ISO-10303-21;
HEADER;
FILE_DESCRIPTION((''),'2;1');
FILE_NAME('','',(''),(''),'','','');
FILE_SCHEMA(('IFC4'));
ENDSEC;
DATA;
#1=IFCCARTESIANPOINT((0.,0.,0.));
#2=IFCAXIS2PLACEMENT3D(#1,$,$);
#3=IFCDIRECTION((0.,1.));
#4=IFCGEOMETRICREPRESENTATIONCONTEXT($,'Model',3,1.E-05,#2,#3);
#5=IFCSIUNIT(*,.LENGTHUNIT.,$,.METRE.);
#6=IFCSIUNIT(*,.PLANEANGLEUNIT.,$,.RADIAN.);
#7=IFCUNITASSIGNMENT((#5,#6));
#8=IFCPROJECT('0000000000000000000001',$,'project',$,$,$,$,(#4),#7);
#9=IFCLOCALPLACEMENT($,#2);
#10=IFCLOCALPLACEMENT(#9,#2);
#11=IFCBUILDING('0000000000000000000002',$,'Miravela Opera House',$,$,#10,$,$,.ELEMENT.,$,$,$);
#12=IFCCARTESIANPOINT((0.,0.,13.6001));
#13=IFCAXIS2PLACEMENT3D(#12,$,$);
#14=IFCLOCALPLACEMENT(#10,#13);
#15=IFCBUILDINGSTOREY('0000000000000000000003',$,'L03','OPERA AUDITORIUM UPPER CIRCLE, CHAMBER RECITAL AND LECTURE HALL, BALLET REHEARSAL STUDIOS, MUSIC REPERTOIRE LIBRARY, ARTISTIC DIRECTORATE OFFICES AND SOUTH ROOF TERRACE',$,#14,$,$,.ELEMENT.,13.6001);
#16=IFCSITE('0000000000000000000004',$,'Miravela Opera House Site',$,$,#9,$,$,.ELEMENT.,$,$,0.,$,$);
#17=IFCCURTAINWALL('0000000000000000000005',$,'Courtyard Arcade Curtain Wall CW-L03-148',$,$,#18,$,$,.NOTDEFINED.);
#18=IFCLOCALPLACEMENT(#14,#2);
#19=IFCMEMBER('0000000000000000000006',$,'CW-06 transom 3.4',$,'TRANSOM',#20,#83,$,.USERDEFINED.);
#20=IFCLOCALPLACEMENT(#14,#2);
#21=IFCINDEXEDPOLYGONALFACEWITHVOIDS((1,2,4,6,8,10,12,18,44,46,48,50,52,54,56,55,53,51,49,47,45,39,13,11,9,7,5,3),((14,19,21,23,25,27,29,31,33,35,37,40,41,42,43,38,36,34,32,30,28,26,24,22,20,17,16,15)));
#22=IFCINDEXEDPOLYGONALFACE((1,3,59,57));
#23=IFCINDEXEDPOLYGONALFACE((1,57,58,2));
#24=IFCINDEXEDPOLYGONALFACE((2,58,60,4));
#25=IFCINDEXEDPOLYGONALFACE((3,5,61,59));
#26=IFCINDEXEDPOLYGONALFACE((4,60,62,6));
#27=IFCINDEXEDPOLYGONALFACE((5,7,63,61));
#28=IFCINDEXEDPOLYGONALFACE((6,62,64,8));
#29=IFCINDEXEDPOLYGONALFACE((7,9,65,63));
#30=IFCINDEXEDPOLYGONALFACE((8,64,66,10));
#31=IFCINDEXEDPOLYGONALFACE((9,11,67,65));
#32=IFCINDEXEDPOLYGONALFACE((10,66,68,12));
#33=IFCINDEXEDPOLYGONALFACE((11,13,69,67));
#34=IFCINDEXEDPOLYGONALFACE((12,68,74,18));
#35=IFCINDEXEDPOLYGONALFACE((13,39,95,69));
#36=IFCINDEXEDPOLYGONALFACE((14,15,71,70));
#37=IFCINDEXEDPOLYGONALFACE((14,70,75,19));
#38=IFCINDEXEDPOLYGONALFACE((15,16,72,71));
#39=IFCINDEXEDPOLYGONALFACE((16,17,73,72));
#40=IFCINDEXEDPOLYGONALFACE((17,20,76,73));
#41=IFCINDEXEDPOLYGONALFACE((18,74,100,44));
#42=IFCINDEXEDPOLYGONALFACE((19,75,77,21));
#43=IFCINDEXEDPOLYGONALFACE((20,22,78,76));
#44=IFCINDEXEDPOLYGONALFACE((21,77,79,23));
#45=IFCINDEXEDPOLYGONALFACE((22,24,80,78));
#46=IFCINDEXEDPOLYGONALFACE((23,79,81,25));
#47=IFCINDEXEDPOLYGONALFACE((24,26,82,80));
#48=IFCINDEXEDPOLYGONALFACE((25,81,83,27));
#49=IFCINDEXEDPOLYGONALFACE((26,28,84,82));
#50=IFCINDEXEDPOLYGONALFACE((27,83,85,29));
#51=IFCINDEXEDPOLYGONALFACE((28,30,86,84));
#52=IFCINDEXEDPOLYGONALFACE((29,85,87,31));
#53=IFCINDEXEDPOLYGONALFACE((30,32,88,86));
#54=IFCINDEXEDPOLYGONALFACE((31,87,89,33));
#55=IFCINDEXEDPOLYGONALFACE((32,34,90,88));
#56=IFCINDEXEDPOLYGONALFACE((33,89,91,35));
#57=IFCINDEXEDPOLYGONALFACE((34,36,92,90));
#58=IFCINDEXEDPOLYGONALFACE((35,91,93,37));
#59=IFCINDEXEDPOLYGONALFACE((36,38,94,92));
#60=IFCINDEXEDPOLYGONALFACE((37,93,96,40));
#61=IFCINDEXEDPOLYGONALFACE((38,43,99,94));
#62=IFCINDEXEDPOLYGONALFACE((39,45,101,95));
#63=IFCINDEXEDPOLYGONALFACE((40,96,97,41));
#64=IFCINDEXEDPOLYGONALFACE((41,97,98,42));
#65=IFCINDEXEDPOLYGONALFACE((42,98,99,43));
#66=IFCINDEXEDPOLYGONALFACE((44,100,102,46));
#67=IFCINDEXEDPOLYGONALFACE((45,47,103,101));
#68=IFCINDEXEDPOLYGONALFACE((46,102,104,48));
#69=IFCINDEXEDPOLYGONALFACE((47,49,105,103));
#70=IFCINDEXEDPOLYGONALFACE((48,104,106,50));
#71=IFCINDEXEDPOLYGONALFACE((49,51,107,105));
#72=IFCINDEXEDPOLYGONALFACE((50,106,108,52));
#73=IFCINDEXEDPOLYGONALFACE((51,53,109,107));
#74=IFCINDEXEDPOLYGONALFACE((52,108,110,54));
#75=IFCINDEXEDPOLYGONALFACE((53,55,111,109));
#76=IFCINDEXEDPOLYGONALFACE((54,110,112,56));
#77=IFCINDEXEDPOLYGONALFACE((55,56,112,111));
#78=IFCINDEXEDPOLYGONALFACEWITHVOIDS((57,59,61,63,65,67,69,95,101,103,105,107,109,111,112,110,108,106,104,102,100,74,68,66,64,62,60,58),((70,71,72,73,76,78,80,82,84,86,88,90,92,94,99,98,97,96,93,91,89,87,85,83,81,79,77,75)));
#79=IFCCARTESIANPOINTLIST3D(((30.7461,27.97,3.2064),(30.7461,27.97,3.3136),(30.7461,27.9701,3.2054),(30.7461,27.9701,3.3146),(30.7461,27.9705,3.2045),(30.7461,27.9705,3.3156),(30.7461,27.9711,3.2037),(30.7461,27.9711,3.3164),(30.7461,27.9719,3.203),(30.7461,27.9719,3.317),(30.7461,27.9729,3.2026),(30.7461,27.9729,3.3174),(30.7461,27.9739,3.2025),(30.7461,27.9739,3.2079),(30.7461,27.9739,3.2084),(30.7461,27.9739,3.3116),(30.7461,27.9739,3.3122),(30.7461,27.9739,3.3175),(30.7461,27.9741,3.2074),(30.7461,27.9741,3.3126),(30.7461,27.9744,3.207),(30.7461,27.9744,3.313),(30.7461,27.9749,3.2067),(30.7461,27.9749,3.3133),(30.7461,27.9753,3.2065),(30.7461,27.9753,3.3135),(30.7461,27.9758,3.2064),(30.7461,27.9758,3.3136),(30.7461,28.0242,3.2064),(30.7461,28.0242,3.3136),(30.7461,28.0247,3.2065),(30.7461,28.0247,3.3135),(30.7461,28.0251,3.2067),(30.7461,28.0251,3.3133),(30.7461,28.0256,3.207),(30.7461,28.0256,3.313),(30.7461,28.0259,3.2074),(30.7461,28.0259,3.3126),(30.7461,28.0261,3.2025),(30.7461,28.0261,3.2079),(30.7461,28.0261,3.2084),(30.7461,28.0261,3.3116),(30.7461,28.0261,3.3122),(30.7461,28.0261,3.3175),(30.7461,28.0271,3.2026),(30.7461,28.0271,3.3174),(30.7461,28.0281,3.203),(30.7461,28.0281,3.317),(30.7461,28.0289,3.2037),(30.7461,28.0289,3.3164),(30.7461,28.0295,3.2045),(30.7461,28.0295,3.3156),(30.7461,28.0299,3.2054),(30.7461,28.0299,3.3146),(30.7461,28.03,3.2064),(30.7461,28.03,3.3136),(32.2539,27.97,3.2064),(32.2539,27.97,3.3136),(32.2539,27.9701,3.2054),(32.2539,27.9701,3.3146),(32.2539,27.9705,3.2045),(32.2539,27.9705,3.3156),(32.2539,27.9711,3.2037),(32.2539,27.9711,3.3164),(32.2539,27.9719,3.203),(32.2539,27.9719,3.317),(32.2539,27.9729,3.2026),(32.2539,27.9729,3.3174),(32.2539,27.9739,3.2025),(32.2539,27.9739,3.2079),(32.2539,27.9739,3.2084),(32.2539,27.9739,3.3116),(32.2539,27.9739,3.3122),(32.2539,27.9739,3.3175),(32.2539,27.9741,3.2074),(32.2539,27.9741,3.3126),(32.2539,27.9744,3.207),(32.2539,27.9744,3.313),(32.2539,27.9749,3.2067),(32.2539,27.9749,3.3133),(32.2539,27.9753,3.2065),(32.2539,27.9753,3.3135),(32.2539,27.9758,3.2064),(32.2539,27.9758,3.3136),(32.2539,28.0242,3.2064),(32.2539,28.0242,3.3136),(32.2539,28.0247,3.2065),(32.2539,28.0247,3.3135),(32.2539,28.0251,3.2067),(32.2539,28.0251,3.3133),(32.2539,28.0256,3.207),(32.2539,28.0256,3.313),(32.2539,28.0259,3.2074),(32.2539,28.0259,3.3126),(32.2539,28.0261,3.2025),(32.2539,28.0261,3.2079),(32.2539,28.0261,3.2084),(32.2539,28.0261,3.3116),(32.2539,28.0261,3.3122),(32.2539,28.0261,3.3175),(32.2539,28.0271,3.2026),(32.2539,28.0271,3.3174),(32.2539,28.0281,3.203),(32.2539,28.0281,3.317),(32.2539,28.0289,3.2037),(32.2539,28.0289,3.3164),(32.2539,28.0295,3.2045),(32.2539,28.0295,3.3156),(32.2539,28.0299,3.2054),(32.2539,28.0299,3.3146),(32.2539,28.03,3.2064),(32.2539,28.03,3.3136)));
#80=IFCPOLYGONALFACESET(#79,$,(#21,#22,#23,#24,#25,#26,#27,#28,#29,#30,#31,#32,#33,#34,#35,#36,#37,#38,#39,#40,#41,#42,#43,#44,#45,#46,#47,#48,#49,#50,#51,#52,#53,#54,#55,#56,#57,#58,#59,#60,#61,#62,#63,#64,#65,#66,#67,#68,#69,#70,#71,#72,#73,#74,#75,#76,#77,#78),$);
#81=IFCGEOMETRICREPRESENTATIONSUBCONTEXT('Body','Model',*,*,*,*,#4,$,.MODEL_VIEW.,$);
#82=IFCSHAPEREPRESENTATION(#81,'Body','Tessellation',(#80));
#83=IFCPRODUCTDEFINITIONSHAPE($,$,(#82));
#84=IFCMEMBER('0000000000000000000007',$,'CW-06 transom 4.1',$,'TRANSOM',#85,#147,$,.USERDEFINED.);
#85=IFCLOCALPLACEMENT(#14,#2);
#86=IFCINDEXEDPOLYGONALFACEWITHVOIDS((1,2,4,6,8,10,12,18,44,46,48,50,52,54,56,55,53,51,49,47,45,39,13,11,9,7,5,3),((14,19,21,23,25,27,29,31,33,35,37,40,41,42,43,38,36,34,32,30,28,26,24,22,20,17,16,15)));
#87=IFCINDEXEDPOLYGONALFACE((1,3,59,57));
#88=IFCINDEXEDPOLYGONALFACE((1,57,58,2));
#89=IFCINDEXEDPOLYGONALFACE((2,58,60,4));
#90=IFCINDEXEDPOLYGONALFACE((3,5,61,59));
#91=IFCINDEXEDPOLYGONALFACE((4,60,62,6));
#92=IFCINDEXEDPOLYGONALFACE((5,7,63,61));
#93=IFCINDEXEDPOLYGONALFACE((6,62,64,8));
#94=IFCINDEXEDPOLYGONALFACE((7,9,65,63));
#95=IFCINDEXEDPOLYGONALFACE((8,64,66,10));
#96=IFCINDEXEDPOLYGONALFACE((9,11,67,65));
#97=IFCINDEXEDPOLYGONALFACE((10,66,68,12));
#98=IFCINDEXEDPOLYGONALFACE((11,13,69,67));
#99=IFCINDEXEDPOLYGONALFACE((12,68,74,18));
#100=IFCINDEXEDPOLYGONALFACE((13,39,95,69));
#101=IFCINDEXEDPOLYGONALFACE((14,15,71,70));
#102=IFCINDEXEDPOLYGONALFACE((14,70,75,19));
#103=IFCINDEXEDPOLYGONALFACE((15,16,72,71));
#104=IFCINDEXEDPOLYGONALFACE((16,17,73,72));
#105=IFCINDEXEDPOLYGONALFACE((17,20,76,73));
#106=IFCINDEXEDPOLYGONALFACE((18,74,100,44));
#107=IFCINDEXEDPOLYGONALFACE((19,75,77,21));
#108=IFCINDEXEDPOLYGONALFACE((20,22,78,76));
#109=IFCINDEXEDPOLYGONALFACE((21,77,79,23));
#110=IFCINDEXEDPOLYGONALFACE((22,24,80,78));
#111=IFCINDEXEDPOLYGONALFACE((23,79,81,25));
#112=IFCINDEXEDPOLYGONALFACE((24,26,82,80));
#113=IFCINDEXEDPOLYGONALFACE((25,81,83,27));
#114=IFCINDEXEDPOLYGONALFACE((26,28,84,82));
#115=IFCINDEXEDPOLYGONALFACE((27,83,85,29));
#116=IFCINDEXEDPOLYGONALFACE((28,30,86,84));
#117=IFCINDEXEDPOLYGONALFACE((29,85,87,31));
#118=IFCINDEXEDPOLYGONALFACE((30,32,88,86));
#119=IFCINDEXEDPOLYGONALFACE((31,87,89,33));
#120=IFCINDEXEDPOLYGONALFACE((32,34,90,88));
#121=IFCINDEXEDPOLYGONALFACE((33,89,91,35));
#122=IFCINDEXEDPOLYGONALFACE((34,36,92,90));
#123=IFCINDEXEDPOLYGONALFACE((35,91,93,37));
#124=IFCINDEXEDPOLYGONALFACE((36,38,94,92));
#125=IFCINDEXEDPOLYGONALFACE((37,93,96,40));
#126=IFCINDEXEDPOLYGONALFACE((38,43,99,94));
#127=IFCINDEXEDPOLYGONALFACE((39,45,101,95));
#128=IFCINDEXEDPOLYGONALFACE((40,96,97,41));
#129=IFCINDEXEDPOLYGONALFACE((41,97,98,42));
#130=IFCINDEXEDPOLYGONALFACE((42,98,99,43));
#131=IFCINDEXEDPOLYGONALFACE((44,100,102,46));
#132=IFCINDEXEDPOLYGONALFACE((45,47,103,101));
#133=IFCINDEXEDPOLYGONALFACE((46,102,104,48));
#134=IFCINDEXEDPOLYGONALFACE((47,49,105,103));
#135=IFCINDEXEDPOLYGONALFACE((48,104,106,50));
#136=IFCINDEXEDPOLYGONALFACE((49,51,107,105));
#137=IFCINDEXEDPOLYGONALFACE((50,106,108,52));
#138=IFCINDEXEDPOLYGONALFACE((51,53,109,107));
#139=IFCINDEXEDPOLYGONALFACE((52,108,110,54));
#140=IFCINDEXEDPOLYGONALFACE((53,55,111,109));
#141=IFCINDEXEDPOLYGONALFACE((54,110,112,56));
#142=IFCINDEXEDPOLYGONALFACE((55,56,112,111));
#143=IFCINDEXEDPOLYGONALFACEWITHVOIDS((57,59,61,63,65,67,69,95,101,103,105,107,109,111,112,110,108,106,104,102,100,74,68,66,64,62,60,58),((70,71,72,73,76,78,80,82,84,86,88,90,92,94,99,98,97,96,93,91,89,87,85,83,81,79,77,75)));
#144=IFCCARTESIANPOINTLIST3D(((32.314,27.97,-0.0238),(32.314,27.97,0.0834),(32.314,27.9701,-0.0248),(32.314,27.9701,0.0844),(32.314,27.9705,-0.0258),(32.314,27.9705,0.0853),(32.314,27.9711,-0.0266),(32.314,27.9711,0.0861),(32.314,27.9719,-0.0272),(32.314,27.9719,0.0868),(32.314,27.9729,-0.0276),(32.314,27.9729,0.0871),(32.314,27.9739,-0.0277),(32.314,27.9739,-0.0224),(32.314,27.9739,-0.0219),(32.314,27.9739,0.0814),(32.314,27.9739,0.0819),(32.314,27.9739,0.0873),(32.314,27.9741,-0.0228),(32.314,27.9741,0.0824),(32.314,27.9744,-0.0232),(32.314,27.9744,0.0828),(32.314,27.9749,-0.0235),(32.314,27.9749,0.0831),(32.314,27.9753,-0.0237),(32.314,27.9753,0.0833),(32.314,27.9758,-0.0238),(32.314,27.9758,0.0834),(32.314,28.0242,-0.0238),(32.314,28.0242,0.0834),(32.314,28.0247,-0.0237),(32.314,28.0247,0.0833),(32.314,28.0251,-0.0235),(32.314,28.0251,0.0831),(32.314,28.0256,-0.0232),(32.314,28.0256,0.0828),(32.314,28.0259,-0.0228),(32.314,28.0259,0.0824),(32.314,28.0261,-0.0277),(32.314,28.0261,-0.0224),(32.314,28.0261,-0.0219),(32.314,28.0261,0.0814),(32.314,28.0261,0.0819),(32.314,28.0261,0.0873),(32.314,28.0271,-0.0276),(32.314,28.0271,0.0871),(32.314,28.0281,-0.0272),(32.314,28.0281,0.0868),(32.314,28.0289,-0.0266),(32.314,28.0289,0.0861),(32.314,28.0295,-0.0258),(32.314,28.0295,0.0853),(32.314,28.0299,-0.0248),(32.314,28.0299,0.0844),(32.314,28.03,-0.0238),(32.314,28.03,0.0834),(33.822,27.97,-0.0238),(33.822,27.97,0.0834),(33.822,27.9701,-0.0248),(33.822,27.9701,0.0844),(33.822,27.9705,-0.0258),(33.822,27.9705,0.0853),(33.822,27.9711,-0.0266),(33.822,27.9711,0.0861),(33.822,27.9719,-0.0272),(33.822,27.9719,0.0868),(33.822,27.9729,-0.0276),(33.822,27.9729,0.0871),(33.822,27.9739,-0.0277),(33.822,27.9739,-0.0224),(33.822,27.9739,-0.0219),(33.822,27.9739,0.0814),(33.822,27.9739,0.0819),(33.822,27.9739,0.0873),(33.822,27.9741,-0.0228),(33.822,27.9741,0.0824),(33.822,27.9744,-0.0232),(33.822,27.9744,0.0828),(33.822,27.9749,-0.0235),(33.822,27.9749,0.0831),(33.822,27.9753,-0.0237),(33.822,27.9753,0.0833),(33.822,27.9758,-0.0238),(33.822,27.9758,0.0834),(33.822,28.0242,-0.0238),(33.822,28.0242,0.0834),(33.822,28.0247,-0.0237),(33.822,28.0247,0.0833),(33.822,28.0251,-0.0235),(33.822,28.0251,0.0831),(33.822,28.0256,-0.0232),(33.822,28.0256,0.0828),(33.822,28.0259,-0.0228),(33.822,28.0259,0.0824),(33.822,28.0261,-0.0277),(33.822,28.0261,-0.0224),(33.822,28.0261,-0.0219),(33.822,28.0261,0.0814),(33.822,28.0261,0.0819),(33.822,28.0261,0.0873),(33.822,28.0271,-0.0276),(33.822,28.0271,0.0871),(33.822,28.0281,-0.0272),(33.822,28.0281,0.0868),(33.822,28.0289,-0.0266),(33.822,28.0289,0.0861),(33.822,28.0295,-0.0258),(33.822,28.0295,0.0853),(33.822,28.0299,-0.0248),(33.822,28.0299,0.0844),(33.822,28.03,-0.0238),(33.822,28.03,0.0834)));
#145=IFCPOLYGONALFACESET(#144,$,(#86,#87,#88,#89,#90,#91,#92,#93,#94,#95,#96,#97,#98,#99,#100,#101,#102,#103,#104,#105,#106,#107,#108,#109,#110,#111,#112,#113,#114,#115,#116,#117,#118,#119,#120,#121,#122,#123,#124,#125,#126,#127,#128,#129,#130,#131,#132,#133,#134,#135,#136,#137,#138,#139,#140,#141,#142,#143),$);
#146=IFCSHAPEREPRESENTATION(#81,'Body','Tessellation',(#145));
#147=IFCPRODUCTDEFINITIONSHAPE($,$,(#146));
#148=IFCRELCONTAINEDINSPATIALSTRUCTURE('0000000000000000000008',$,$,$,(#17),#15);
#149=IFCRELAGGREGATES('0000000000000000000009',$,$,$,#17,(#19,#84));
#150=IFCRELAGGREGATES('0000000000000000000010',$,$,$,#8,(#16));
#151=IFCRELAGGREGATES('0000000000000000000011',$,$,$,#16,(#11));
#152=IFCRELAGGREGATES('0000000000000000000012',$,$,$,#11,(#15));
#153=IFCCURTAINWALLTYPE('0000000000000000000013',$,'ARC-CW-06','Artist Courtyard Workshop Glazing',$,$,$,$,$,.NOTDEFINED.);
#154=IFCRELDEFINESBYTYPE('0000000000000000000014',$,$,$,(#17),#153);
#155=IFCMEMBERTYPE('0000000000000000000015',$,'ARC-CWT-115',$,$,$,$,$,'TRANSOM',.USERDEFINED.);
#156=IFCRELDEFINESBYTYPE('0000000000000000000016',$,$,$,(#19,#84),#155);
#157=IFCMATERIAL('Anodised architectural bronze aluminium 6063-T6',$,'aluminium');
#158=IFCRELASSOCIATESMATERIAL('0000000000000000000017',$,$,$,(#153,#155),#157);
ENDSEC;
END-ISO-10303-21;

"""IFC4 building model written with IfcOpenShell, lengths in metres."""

from ifc_helpers import new_model, si_unit, direction, frame, origin, origin_2d, place, context, subcontext, project, spatial, hollow_rectangle, extrude, material, material_profile, profile_set, type_object, element, aggregate, save


model = new_model("IFC4")

# Units and contexts
model_context = context("Model", 3, precision=1e-05, world=origin(), true_north=direction((0.0, 1.0)))
body_context = subcontext(model_context, "Body", "Model", "MODEL_VIEW")
ifc_project = project(units=[si_unit("LENGTHUNIT", "METRE"), si_unit("PLANEANGLEUNIT", "RADIAN")], contexts=[model_context])

# Site, building, storey
site_placement = place(None, origin())
site = spatial("IfcSite", under=ifc_project, at=site_placement, Name="Miravela Opera House Site", CompositionType="ELEMENT", RefElevation=0.0)
building_placement = place(site_placement, origin())
building = spatial("IfcBuilding", under=site, at=building_placement, Name="Miravela Opera House", CompositionType="ELEMENT")
storey_placement = place(building_placement, frame((0.0, 0.0, 13.6001)))
storey = spatial("IfcBuildingStorey", under=building, at=storey_placement, Name="L03", Description="OPERA AUDITORIUM UPPER CIRCLE, CHAMBER RECITAL AND LECTURE HALL, BALLET REHEARSAL STUDIOS, MUSIC REPERTOIRE LIBRARY, ARTISTIC DIRECTORATE OFFICES AND SOUTH ROOF TERRACE", CompositionType="ELEMENT", Elevation=13.6001)

# Curtain wall, members
ifc_material_1 = material(Name="Anodised architectural bronze aluminium 6063-T6", Category="aluminium")
curtain_wall_type = type_object("IfcCurtainWallType", Name="ARC-CW-06", Description="Artist Courtyard Workshop Glazing", PredefinedType="NOTDEFINED", material=ifc_material_1)
curtain_wall_placement = place(storey_placement, origin())
curtain_wall = element("IfcCurtainWall", 1, at=curtain_wall_placement, inside=storey, type_object=curtain_wall_type, Name="Courtyard Arcade Curtain Wall CW-L03-148", PredefinedType="NOTDEFINED")
ifc_material_profile_1 = material_profile(ifc_material_1, hollow_rectangle(XDim=0.0601, YDim=0.115, WallThickness=0.0039, InnerFilletRadius=0.002, OuterFilletRadius=0.0039, at=origin_2d()), Name="CWT-60X115")
ifc_profile_set_1 = profile_set([ifc_material_profile_1])
member_type_1 = type_object("IfcMemberType", Name="ARC-CWT-115", ElementType="TRANSOM", PredefinedType="USERDEFINED", material=ifc_profile_set_1)
member_1_placement = place(storey_placement, frame((30.7461, 28.0, 3.26), z_axis=(1.0, 0.0, 0.0), x_axis=(0.0, 1.0, 0.0)))
member_1 = element("IfcMember", 2, at=member_1_placement, type_object=member_type_1, Name="CW-06 transom 3.4", ObjectType="TRANSOM", PredefinedType="USERDEFINED", context=body_context, shape_type="SweptSolid", body=[
    extrude(hollow_rectangle(XDim=0.0601, YDim=0.115, WallThickness=0.0039, InnerFilletRadius=0.002, OuterFilletRadius=0.0039, at=origin_2d()), origin(), (0.0, 0.0, 1.0), 1.5078),
])
member_2_placement = place(storey_placement, frame((32.314, 28.0, 0.0298), z_axis=(1.0, 0.0, 0.0), x_axis=(0.0, 1.0, 0.0)))
member_2 = element("IfcMember", 3, at=member_2_placement, type_object=member_type_1, Name="CW-06 transom 4.1", ObjectType="TRANSOM", PredefinedType="USERDEFINED", context=body_context, shape_type="SweptSolid", body=[
    extrude(hollow_rectangle(XDim=0.0601, YDim=0.115, WallThickness=0.0039, InnerFilletRadius=0.002, OuterFilletRadius=0.0039, at=origin_2d()), origin(), (0.0, 0.0, 1.0), 1.5081),
])
aggregate(curtain_wall, [member_1, member_2])

save(model, "model.ifc")
